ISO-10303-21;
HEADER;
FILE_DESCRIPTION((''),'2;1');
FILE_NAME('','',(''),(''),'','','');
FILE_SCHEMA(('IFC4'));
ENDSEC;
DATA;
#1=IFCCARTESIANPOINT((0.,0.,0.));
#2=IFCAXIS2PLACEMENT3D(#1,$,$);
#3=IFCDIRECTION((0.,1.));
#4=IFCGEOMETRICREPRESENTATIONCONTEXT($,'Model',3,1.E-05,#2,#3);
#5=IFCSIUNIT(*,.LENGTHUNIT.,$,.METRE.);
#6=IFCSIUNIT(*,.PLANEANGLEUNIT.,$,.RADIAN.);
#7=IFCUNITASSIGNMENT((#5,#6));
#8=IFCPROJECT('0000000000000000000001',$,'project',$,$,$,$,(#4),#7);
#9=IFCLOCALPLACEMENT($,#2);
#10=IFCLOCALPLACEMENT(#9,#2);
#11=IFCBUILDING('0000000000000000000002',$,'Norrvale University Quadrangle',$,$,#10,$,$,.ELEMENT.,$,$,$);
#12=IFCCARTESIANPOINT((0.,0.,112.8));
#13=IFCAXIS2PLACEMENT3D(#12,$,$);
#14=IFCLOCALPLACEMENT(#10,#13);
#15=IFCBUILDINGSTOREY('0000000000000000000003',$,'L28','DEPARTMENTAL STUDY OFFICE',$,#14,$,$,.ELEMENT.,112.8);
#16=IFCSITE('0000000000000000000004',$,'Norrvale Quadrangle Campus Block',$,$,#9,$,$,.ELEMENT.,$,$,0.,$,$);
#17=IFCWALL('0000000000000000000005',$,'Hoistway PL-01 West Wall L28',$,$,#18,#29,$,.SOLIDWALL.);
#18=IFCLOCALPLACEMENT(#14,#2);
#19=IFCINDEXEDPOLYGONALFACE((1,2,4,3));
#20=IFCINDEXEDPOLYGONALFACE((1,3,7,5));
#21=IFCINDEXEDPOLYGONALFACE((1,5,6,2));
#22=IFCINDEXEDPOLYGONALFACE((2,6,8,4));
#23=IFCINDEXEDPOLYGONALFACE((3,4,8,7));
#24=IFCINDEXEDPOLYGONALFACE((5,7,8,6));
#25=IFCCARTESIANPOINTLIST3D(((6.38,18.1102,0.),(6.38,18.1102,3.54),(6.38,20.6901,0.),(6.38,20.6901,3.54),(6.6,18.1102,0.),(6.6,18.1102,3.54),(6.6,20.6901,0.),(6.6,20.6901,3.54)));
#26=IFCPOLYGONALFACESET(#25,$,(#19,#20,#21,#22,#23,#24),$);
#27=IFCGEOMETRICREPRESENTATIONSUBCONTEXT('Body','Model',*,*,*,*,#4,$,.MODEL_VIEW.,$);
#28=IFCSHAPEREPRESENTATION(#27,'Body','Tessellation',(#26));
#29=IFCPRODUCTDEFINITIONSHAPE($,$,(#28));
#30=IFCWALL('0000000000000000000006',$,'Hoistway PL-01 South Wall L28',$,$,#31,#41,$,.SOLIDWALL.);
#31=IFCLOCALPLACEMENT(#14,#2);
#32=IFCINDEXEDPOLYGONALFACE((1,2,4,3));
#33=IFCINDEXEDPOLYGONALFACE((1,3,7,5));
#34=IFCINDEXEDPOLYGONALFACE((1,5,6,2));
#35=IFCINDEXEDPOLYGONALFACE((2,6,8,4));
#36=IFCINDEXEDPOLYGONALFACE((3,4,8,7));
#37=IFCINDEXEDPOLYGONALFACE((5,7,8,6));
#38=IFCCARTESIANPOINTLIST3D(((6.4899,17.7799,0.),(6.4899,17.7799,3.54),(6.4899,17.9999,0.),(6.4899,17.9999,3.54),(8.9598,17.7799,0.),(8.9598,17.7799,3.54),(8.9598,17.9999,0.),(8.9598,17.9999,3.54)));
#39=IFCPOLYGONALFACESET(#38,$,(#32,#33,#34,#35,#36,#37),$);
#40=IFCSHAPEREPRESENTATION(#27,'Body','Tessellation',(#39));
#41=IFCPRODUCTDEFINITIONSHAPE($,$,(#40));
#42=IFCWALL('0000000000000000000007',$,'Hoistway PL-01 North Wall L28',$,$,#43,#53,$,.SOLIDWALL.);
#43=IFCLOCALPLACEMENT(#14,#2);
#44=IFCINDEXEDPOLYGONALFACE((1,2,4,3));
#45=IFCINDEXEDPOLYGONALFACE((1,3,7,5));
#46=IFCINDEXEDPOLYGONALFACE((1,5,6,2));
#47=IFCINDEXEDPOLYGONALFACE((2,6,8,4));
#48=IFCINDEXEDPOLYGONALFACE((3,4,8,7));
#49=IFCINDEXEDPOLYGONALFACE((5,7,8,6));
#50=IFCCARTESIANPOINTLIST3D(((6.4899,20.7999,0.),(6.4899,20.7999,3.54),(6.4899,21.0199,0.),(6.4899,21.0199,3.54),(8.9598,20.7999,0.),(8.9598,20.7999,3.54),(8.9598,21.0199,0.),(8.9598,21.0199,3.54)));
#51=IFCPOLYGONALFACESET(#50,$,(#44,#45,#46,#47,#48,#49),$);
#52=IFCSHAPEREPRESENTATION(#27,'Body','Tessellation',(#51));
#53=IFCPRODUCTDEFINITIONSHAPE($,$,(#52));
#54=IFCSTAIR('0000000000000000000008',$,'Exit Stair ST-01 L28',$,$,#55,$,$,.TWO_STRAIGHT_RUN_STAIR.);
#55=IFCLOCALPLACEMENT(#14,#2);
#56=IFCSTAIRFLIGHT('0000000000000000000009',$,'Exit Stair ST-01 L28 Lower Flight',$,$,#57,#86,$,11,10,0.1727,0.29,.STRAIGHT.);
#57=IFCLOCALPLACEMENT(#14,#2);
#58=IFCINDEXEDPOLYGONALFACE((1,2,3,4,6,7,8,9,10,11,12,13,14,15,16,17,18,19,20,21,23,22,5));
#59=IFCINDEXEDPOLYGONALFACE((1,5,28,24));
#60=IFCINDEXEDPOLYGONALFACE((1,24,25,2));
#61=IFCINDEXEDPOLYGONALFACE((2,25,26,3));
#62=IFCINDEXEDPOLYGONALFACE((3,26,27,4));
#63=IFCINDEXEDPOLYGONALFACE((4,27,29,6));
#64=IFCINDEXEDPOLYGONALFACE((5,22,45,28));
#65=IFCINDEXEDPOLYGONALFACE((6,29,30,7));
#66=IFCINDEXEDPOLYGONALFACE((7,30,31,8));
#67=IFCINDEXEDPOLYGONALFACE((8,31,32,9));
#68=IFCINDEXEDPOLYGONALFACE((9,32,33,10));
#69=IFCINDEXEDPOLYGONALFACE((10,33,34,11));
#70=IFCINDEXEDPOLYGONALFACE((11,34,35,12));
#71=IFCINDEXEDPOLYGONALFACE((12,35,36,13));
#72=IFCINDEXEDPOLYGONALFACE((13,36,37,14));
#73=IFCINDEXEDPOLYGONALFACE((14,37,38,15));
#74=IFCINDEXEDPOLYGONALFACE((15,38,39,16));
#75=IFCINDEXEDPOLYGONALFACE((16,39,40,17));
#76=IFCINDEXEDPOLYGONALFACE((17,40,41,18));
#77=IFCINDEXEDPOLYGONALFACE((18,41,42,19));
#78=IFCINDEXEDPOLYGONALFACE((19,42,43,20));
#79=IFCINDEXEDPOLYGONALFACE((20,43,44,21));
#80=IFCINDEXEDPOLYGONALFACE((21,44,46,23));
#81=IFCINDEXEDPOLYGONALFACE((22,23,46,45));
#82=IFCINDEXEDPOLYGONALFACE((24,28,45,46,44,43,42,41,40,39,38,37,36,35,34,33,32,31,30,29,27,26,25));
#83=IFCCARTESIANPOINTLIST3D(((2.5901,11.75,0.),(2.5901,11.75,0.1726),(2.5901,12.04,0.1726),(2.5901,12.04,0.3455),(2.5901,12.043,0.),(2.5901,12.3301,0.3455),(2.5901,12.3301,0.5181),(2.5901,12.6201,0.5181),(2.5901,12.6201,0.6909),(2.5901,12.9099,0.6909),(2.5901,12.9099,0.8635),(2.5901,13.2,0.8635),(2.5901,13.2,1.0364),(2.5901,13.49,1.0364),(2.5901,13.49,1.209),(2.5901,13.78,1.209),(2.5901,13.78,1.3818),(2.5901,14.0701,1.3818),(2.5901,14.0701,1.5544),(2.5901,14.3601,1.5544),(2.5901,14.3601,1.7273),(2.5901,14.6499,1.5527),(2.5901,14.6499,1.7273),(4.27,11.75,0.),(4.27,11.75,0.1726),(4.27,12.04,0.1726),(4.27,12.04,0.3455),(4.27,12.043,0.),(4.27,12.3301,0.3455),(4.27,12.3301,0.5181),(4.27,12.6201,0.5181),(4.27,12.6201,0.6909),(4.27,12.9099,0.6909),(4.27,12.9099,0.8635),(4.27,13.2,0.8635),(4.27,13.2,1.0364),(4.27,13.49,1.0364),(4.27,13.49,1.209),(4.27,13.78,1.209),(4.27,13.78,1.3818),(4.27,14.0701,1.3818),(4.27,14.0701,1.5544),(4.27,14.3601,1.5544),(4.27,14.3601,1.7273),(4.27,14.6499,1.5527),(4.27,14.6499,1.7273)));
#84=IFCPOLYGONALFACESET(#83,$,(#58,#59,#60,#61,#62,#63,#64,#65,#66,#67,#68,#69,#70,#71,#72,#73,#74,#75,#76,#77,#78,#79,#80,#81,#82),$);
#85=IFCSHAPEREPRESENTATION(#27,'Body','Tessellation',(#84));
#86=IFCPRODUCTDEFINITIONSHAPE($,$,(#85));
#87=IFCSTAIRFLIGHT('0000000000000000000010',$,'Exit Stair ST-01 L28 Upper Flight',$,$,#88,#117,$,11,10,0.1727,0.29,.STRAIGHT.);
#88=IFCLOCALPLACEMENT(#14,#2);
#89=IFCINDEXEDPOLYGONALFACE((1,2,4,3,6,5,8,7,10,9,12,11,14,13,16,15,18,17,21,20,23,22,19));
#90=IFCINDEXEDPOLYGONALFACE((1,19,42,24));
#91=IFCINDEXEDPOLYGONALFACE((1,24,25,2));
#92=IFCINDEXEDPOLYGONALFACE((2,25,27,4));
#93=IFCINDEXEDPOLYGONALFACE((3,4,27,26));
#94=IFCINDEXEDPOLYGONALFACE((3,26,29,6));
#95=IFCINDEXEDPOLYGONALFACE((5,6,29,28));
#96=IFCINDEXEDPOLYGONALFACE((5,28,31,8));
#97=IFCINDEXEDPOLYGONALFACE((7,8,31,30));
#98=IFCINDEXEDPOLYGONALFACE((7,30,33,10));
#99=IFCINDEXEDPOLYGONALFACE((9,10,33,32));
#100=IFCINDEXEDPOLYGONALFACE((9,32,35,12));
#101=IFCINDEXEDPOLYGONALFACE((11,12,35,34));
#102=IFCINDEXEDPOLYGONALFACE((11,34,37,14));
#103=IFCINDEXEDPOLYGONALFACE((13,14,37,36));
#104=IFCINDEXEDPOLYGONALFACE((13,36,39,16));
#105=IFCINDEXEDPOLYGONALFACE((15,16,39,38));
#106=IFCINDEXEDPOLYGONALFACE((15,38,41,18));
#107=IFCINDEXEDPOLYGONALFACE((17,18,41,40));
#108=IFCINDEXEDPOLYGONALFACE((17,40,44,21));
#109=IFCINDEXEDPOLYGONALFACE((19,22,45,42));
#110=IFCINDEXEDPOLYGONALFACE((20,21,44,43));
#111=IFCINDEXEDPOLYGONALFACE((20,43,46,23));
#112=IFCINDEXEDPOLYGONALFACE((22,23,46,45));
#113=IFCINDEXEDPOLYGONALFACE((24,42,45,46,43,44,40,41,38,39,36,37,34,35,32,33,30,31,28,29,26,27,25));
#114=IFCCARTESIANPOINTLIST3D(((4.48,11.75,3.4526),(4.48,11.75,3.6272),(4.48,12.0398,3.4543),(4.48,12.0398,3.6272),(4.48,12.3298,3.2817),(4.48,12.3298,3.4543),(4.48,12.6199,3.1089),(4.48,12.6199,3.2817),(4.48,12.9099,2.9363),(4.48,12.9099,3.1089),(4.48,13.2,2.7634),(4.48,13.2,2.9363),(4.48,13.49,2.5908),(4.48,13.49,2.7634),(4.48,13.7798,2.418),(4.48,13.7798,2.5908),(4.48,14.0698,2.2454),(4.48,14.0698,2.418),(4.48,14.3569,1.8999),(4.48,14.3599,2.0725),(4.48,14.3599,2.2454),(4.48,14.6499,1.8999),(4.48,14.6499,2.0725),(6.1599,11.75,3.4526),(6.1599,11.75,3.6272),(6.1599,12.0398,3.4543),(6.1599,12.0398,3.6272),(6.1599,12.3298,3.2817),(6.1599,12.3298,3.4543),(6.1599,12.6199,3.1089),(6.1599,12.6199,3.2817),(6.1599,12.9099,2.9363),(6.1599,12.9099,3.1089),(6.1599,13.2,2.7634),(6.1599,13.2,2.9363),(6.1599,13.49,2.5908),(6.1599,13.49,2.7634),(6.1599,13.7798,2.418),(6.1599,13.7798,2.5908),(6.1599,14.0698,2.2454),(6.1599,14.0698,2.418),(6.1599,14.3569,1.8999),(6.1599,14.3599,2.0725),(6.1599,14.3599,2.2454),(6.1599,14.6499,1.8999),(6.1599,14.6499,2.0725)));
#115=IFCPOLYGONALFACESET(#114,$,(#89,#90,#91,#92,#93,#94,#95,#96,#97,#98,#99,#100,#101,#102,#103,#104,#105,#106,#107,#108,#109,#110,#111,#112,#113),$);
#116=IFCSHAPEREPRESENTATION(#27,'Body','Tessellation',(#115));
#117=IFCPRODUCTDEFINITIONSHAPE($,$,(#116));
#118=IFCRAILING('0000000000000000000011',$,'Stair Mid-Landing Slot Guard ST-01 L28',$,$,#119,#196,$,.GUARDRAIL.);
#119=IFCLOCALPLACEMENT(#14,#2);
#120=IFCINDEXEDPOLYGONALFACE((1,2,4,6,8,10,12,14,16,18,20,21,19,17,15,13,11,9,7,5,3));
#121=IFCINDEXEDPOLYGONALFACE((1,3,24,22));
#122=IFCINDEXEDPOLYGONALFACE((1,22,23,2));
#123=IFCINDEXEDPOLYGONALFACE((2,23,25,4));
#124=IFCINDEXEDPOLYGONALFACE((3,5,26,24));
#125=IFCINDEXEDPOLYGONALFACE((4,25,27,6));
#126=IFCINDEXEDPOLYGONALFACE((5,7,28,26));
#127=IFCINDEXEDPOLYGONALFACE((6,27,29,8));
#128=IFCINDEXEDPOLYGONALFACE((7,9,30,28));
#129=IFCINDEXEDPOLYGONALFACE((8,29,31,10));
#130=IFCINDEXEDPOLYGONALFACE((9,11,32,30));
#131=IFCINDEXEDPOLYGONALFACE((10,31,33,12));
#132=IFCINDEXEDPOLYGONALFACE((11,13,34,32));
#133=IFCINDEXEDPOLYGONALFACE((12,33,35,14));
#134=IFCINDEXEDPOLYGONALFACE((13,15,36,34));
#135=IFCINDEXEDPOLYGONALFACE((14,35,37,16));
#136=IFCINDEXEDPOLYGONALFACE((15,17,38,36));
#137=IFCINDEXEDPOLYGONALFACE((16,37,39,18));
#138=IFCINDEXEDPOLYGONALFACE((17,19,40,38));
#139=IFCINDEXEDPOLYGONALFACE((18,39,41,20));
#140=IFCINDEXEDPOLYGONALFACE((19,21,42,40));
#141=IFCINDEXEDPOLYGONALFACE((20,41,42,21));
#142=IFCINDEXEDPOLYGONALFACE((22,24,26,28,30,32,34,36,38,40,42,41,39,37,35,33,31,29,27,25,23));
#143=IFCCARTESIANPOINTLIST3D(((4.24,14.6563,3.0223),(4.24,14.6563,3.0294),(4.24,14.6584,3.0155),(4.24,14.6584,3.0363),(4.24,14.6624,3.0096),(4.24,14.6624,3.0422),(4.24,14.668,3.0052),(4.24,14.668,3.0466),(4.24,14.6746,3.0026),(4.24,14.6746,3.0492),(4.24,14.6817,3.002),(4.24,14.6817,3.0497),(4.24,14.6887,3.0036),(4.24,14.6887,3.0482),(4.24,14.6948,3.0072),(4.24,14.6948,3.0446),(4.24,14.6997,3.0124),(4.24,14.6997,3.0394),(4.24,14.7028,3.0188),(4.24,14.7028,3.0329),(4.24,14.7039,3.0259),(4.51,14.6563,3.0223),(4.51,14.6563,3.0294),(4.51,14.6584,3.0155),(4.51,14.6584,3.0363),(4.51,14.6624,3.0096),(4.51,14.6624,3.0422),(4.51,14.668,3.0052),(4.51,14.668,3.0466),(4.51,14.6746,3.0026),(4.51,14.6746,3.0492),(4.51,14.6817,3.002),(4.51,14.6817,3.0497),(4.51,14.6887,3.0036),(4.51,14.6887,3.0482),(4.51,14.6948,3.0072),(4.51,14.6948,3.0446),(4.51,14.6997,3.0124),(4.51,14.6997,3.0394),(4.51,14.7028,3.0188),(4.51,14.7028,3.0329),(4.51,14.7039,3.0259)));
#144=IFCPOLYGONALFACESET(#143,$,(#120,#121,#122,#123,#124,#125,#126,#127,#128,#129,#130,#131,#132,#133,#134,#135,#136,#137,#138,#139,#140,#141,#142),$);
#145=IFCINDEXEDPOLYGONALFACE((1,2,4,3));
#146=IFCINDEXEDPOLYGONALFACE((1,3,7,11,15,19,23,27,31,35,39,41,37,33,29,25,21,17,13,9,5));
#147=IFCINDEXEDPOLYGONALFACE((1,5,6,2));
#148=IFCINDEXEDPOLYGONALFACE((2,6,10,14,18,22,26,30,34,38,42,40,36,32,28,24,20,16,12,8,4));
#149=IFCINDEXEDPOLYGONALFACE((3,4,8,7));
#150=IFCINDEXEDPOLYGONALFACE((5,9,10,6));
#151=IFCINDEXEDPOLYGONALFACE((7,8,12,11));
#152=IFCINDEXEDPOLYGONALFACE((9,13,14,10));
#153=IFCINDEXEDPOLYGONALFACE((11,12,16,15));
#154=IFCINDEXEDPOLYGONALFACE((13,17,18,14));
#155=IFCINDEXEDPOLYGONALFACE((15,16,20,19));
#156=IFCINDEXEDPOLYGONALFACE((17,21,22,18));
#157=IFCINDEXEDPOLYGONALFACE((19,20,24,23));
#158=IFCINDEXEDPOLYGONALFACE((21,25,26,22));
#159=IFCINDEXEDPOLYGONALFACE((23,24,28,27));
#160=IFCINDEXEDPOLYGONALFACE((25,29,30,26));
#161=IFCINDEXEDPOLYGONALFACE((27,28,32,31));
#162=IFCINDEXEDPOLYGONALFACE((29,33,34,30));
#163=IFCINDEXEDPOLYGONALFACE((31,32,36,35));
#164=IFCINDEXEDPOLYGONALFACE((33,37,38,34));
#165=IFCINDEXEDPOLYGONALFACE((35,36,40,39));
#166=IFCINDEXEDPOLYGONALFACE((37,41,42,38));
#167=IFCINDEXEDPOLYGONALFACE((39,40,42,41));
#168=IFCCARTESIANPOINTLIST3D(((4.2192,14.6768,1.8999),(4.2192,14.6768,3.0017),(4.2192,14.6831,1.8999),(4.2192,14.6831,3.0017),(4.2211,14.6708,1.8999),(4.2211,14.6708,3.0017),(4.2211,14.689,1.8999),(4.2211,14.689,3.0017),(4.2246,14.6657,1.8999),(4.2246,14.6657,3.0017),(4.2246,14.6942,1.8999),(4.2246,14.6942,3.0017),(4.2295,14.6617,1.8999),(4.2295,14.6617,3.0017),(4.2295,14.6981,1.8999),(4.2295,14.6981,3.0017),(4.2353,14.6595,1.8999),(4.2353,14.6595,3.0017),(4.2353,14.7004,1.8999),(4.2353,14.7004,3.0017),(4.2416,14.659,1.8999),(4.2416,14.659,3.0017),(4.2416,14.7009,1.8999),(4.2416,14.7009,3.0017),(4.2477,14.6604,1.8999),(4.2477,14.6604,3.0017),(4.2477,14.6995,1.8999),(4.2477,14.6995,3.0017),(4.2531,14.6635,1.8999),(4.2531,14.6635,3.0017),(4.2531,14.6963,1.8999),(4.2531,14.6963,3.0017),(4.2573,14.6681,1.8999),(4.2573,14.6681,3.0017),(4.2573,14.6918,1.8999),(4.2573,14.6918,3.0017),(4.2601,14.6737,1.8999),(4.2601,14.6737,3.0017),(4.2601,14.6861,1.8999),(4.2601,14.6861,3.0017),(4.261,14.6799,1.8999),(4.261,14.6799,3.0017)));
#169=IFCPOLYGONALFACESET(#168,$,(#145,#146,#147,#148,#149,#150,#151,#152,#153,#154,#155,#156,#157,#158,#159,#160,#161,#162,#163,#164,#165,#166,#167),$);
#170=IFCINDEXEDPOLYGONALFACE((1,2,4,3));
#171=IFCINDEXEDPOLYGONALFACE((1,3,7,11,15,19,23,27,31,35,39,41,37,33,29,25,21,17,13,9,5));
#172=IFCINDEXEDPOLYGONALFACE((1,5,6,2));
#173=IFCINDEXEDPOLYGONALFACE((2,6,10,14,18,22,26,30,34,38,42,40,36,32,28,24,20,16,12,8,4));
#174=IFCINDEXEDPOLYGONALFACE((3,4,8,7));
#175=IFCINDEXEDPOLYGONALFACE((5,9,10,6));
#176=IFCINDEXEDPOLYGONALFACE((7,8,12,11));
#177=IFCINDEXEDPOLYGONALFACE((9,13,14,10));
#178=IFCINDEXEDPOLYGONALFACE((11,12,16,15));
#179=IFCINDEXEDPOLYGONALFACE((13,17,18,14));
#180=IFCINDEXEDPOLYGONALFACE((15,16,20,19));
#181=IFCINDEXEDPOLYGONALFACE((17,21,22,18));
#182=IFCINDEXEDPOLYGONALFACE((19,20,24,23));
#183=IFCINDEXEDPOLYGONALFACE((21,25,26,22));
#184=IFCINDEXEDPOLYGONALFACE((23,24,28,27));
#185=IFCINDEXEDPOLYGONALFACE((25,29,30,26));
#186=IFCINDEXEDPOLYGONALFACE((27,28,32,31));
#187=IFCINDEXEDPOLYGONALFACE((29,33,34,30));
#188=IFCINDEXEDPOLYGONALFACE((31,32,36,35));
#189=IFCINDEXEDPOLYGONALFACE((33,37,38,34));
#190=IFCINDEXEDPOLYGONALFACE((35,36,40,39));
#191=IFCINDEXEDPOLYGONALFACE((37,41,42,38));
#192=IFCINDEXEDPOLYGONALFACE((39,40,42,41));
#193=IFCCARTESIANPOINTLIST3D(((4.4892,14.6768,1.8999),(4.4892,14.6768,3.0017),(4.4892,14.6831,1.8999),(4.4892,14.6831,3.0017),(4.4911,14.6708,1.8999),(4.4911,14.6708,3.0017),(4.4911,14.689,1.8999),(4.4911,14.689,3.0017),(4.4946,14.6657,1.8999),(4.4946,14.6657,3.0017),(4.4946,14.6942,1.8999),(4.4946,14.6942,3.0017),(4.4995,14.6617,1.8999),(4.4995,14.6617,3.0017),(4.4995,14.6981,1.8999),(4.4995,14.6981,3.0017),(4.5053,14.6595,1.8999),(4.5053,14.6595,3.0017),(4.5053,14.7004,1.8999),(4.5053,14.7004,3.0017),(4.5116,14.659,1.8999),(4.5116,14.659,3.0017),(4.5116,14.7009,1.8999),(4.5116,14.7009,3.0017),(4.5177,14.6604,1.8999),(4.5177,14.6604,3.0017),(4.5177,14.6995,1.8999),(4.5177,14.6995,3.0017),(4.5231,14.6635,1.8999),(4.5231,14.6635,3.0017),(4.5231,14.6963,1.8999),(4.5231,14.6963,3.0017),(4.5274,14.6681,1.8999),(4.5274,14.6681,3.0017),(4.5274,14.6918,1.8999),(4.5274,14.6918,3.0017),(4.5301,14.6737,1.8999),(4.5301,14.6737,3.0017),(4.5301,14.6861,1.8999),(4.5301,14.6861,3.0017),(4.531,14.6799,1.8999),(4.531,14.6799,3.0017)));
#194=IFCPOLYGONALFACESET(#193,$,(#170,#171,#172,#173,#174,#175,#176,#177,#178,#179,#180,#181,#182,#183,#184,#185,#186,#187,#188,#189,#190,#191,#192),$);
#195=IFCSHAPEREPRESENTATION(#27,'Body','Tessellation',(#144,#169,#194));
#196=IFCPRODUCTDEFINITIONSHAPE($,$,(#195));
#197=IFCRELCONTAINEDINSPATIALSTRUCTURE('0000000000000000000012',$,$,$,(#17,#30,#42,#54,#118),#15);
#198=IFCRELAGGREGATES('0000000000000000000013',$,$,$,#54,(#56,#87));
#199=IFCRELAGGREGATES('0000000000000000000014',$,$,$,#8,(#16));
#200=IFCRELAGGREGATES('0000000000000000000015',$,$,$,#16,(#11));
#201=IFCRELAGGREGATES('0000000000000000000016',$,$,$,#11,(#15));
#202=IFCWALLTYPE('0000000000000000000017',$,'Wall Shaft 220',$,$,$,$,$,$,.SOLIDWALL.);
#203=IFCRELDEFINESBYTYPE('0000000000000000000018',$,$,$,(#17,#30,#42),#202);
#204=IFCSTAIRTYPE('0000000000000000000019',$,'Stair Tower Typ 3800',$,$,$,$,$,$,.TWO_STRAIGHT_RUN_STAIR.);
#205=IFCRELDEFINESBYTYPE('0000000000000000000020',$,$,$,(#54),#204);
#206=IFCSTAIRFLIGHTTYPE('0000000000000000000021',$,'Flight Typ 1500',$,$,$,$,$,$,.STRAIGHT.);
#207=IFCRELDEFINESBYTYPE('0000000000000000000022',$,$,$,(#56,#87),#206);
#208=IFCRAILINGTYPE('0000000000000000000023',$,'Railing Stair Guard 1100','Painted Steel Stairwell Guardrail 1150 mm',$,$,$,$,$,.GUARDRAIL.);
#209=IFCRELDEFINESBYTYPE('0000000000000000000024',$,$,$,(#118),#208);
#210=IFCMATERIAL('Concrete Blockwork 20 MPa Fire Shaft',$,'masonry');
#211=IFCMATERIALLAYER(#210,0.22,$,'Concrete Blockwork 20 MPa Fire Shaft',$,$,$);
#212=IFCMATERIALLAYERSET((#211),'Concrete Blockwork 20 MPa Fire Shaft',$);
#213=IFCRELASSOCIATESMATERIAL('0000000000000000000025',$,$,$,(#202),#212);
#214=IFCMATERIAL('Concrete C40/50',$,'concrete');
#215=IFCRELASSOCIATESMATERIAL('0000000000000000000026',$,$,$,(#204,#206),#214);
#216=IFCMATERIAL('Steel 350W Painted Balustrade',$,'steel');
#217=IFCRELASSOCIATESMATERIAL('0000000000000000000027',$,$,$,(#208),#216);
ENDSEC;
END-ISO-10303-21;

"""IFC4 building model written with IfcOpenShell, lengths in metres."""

from ifc_helpers import new_model, si_unit, direction, frame, frame_2d, origin, origin_2d, place, context, subcontext, project, spatial, polyline, rectangle, circle, outline, extrude, material, layer, layer_set, type_object, element, aggregate, save


model = new_model("IFC4")

# Units and contexts
model_context = context("Model", 3, precision=1e-05, world=origin(), true_north=direction((0.0, 1.0)))
body_context = subcontext(model_context, "Body", "Model", "MODEL_VIEW")
ifc_project = project(units=[si_unit("LENGTHUNIT", "METRE"), si_unit("PLANEANGLEUNIT", "RADIAN")], contexts=[model_context])

# Site, building, storey
site_placement = place(None, origin())
site = spatial("IfcSite", under=ifc_project, at=site_placement, Name="Norrvale Quadrangle Campus Block", CompositionType="ELEMENT", RefElevation=0.0)
building_placement = place(site_placement, origin())
building = spatial("IfcBuilding", under=site, at=building_placement, Name="Norrvale University Quadrangle", CompositionType="ELEMENT")
storey_placement = place(building_placement, frame((0.0, 0.0, 112.8)))
storey = spatial("IfcBuildingStorey", under=building, at=storey_placement, Name="L28", Description="DEPARTMENTAL STUDY OFFICE", CompositionType="ELEMENT", Elevation=112.8)

# Walls
ifc_material_1 = material(Name="Concrete Blockwork 20 MPa Fire Shaft", Category="masonry")
ifc_layer_1 = layer(ifc_material_1, 0.22, Name="Concrete Blockwork 20 MPa Fire Shaft")
ifc_layer_set_1 = layer_set([ifc_layer_1], Name="Concrete Blockwork 20 MPa Fire Shaft")
wall_type_1 = type_object("IfcWallType", Name="Wall Shaft 220", PredefinedType="SOLIDWALL", material=ifc_layer_set_1)
wall_1_placement = place(storey_placement, frame((6.49, 18.1101, 0.0), z_axis=(0.0, 0.0, 1.0), x_axis=(0.0, 1.0, 0.0)))
element("IfcWall", 1, at=wall_1_placement, inside=storey, type_object=wall_type_1, Name="Hoistway PL-01 West Wall L28", PredefinedType="SOLIDWALL", context=body_context, shape_type="SweptSolid", body=[
    extrude(rectangle(XDim=2.5798, YDim=0.22, at=frame_2d((1.29, 0.0))), origin(), (0.0, 0.0, 1.0), 3.54),
])
for number, where, z_axis, x_axis, name in (
    (2, (6.49, 17.8899, 0.0), (0.0, 0.0, 1.0), (1.0, 0.0, 0.0), "Hoistway PL-01 South Wall L28"),
    (3, (6.49, 20.9099, 0.0), (0.0, 0.0, 1.0), (1.0, 0.0, 0.0), "Hoistway PL-01 North Wall L28"),
):
    element("IfcWall", number, at=place(storey_placement, frame(where, z_axis=z_axis, x_axis=x_axis)), inside=storey, type_object=wall_type_1, Name=name, PredefinedType="SOLIDWALL", context=body_context, shape_type="SweptSolid", body=[
        extrude(rectangle(XDim=2.47, YDim=0.22, at=frame_2d((1.2349, 0.0))), origin(), (0.0, 0.0, 1.0), 3.54),
    ])

# Stair, stair flights
ifc_material_2 = material(Name="Concrete C40/50", Category="concrete")
stair_type = type_object("IfcStairType", Name="Stair Tower Typ 3800", PredefinedType="TWO_STRAIGHT_RUN_STAIR", material=ifc_material_2)
stair_placement = place(storey_placement, origin())
stair = element("IfcStair", 4, at=stair_placement, inside=storey, type_object=stair_type, Name="Exit Stair ST-01 L28", PredefinedType="TWO_STRAIGHT_RUN_STAIR")
stair_flight_type = type_object("IfcStairFlightType", Name="Flight Typ 1500", PredefinedType="STRAIGHT", material=ifc_material_2)
stair_flight_1_placement = place(storey_placement, frame((3.4299, 11.75, 0.0), z_axis=(0.0, 0.0, 1.0), x_axis=(0.0, 1.0, 0.0)))
stair_flight_1 = element("IfcStairFlight", 5, at=stair_flight_1_placement, type_object=stair_flight_type, Name="Exit Stair ST-01 L28 Lower Flight", NumberOfRisers=11, NumberOfTreads=10, PredefinedType="STRAIGHT", RiserHeight=0.1727, TreadLength=0.29, context=body_context, shape_type="SweptSolid", body=[
    extrude(outline(polyline([(0.0, 0.0), (0.0, 0.1726), (0.29, 0.1726), (0.29, 0.3455), (0.5801, 0.3455), (0.5801, 0.5181), (0.8701, 0.5181), (0.8701, 0.6909), (1.1599, 0.6909), (1.1599, 0.8635), (1.45, 0.8635), (1.45, 1.0364), (1.74, 1.0364), (1.74, 1.209), (2.03, 1.209), (2.03, 1.3818), (2.3201, 1.3818), (2.3201, 1.5544), (2.6101, 1.5544), (2.6101, 1.7273), (2.8999, 1.7273), (2.8999, 1.8999), (2.8999, 1.5527), (0.293, 0.0), (0.0, 0.0)])), frame((0.0, 0.8398, 0.0), z_axis=(0.0, -1.0, 0.0), x_axis=(1.0, 0.0, 0.0)), (0.0, 0.0, 1.0), 1.6799),
])
stair_flight_2_placement = place(storey_placement, frame((5.3201, 14.6499, 1.8999), z_axis=(0.0, 0.0, 1.0), x_axis=(0.0, -1.0, 0.0)))
stair_flight_2 = element("IfcStairFlight", 6, at=stair_flight_2_placement, type_object=stair_flight_type, Name="Exit Stair ST-01 L28 Upper Flight", NumberOfRisers=11, NumberOfTreads=10, PredefinedType="STRAIGHT", RiserHeight=0.1727, TreadLength=0.29, context=body_context, shape_type="SweptSolid", body=[
    extrude(outline(polyline([(0.0, 0.0), (0.0, 0.1726), (0.29, 0.1726), (0.29, 0.3455), (0.5801, 0.3455), (0.5801, 0.5181), (0.8701, 0.5181), (0.8701, 0.6909), (1.1599, 0.6909), (1.1599, 0.8635), (1.45, 0.8635), (1.45, 1.0364), (1.74, 1.0364), (1.74, 1.209), (2.03, 1.209), (2.03, 1.3818), (2.3201, 1.3818), (2.3201, 1.5544), (2.6101, 1.5544), (2.6101, 1.7273), (2.8999, 1.7273), (2.8999, 1.8999), (2.8999, 1.5527), (0.293, 0.0), (0.0, 0.0)])), frame((0.0, 0.8398, 0.0), z_axis=(0.0, -1.0, 0.0), x_axis=(1.0, 0.0, 0.0)), (0.0, 0.0, 1.0), 1.6799),
])
aggregate(stair, [stair_flight_1, stair_flight_2])

# Railing
ifc_material_3 = material(Name="Steel 350W Painted Balustrade", Category="steel")
railing_type_1 = type_object("IfcRailingType", Name="Railing Stair Guard 1100", Description="Painted Steel Stairwell Guardrail 1150 mm", PredefinedType="GUARDRAIL", material=ifc_material_3)
railing_1_placement = place(storey_placement, frame((4.24, 14.6799, 1.8999)))
element("IfcRailing", 7, at=railing_1_placement, inside=storey, type_object=railing_type_1, Name="Stair Mid-Landing Slot Guard ST-01 L28", PredefinedType="GUARDRAIL", context=body_context, shape_type="SweptSolid", body=[
    extrude(circle(Radius=0.0239, at=origin_2d()), frame((0.0, 0.0, 1.126), z_axis=(1.0, 0.0, 0.0), x_axis=(0.0, 1.0, 0.0)), (0.0, 0.0, 1.0), 0.27),
    extrude(circle(Radius=0.021, at=origin_2d()), origin(), (0.0, 0.0, 1.0), 1.1018),
    extrude(circle(Radius=0.021, at=origin_2d()), frame((0.27, 0.0, 0.0)), (0.0, 0.0, 1.0), 1.1018),
])

save(model, "model.ifc")
